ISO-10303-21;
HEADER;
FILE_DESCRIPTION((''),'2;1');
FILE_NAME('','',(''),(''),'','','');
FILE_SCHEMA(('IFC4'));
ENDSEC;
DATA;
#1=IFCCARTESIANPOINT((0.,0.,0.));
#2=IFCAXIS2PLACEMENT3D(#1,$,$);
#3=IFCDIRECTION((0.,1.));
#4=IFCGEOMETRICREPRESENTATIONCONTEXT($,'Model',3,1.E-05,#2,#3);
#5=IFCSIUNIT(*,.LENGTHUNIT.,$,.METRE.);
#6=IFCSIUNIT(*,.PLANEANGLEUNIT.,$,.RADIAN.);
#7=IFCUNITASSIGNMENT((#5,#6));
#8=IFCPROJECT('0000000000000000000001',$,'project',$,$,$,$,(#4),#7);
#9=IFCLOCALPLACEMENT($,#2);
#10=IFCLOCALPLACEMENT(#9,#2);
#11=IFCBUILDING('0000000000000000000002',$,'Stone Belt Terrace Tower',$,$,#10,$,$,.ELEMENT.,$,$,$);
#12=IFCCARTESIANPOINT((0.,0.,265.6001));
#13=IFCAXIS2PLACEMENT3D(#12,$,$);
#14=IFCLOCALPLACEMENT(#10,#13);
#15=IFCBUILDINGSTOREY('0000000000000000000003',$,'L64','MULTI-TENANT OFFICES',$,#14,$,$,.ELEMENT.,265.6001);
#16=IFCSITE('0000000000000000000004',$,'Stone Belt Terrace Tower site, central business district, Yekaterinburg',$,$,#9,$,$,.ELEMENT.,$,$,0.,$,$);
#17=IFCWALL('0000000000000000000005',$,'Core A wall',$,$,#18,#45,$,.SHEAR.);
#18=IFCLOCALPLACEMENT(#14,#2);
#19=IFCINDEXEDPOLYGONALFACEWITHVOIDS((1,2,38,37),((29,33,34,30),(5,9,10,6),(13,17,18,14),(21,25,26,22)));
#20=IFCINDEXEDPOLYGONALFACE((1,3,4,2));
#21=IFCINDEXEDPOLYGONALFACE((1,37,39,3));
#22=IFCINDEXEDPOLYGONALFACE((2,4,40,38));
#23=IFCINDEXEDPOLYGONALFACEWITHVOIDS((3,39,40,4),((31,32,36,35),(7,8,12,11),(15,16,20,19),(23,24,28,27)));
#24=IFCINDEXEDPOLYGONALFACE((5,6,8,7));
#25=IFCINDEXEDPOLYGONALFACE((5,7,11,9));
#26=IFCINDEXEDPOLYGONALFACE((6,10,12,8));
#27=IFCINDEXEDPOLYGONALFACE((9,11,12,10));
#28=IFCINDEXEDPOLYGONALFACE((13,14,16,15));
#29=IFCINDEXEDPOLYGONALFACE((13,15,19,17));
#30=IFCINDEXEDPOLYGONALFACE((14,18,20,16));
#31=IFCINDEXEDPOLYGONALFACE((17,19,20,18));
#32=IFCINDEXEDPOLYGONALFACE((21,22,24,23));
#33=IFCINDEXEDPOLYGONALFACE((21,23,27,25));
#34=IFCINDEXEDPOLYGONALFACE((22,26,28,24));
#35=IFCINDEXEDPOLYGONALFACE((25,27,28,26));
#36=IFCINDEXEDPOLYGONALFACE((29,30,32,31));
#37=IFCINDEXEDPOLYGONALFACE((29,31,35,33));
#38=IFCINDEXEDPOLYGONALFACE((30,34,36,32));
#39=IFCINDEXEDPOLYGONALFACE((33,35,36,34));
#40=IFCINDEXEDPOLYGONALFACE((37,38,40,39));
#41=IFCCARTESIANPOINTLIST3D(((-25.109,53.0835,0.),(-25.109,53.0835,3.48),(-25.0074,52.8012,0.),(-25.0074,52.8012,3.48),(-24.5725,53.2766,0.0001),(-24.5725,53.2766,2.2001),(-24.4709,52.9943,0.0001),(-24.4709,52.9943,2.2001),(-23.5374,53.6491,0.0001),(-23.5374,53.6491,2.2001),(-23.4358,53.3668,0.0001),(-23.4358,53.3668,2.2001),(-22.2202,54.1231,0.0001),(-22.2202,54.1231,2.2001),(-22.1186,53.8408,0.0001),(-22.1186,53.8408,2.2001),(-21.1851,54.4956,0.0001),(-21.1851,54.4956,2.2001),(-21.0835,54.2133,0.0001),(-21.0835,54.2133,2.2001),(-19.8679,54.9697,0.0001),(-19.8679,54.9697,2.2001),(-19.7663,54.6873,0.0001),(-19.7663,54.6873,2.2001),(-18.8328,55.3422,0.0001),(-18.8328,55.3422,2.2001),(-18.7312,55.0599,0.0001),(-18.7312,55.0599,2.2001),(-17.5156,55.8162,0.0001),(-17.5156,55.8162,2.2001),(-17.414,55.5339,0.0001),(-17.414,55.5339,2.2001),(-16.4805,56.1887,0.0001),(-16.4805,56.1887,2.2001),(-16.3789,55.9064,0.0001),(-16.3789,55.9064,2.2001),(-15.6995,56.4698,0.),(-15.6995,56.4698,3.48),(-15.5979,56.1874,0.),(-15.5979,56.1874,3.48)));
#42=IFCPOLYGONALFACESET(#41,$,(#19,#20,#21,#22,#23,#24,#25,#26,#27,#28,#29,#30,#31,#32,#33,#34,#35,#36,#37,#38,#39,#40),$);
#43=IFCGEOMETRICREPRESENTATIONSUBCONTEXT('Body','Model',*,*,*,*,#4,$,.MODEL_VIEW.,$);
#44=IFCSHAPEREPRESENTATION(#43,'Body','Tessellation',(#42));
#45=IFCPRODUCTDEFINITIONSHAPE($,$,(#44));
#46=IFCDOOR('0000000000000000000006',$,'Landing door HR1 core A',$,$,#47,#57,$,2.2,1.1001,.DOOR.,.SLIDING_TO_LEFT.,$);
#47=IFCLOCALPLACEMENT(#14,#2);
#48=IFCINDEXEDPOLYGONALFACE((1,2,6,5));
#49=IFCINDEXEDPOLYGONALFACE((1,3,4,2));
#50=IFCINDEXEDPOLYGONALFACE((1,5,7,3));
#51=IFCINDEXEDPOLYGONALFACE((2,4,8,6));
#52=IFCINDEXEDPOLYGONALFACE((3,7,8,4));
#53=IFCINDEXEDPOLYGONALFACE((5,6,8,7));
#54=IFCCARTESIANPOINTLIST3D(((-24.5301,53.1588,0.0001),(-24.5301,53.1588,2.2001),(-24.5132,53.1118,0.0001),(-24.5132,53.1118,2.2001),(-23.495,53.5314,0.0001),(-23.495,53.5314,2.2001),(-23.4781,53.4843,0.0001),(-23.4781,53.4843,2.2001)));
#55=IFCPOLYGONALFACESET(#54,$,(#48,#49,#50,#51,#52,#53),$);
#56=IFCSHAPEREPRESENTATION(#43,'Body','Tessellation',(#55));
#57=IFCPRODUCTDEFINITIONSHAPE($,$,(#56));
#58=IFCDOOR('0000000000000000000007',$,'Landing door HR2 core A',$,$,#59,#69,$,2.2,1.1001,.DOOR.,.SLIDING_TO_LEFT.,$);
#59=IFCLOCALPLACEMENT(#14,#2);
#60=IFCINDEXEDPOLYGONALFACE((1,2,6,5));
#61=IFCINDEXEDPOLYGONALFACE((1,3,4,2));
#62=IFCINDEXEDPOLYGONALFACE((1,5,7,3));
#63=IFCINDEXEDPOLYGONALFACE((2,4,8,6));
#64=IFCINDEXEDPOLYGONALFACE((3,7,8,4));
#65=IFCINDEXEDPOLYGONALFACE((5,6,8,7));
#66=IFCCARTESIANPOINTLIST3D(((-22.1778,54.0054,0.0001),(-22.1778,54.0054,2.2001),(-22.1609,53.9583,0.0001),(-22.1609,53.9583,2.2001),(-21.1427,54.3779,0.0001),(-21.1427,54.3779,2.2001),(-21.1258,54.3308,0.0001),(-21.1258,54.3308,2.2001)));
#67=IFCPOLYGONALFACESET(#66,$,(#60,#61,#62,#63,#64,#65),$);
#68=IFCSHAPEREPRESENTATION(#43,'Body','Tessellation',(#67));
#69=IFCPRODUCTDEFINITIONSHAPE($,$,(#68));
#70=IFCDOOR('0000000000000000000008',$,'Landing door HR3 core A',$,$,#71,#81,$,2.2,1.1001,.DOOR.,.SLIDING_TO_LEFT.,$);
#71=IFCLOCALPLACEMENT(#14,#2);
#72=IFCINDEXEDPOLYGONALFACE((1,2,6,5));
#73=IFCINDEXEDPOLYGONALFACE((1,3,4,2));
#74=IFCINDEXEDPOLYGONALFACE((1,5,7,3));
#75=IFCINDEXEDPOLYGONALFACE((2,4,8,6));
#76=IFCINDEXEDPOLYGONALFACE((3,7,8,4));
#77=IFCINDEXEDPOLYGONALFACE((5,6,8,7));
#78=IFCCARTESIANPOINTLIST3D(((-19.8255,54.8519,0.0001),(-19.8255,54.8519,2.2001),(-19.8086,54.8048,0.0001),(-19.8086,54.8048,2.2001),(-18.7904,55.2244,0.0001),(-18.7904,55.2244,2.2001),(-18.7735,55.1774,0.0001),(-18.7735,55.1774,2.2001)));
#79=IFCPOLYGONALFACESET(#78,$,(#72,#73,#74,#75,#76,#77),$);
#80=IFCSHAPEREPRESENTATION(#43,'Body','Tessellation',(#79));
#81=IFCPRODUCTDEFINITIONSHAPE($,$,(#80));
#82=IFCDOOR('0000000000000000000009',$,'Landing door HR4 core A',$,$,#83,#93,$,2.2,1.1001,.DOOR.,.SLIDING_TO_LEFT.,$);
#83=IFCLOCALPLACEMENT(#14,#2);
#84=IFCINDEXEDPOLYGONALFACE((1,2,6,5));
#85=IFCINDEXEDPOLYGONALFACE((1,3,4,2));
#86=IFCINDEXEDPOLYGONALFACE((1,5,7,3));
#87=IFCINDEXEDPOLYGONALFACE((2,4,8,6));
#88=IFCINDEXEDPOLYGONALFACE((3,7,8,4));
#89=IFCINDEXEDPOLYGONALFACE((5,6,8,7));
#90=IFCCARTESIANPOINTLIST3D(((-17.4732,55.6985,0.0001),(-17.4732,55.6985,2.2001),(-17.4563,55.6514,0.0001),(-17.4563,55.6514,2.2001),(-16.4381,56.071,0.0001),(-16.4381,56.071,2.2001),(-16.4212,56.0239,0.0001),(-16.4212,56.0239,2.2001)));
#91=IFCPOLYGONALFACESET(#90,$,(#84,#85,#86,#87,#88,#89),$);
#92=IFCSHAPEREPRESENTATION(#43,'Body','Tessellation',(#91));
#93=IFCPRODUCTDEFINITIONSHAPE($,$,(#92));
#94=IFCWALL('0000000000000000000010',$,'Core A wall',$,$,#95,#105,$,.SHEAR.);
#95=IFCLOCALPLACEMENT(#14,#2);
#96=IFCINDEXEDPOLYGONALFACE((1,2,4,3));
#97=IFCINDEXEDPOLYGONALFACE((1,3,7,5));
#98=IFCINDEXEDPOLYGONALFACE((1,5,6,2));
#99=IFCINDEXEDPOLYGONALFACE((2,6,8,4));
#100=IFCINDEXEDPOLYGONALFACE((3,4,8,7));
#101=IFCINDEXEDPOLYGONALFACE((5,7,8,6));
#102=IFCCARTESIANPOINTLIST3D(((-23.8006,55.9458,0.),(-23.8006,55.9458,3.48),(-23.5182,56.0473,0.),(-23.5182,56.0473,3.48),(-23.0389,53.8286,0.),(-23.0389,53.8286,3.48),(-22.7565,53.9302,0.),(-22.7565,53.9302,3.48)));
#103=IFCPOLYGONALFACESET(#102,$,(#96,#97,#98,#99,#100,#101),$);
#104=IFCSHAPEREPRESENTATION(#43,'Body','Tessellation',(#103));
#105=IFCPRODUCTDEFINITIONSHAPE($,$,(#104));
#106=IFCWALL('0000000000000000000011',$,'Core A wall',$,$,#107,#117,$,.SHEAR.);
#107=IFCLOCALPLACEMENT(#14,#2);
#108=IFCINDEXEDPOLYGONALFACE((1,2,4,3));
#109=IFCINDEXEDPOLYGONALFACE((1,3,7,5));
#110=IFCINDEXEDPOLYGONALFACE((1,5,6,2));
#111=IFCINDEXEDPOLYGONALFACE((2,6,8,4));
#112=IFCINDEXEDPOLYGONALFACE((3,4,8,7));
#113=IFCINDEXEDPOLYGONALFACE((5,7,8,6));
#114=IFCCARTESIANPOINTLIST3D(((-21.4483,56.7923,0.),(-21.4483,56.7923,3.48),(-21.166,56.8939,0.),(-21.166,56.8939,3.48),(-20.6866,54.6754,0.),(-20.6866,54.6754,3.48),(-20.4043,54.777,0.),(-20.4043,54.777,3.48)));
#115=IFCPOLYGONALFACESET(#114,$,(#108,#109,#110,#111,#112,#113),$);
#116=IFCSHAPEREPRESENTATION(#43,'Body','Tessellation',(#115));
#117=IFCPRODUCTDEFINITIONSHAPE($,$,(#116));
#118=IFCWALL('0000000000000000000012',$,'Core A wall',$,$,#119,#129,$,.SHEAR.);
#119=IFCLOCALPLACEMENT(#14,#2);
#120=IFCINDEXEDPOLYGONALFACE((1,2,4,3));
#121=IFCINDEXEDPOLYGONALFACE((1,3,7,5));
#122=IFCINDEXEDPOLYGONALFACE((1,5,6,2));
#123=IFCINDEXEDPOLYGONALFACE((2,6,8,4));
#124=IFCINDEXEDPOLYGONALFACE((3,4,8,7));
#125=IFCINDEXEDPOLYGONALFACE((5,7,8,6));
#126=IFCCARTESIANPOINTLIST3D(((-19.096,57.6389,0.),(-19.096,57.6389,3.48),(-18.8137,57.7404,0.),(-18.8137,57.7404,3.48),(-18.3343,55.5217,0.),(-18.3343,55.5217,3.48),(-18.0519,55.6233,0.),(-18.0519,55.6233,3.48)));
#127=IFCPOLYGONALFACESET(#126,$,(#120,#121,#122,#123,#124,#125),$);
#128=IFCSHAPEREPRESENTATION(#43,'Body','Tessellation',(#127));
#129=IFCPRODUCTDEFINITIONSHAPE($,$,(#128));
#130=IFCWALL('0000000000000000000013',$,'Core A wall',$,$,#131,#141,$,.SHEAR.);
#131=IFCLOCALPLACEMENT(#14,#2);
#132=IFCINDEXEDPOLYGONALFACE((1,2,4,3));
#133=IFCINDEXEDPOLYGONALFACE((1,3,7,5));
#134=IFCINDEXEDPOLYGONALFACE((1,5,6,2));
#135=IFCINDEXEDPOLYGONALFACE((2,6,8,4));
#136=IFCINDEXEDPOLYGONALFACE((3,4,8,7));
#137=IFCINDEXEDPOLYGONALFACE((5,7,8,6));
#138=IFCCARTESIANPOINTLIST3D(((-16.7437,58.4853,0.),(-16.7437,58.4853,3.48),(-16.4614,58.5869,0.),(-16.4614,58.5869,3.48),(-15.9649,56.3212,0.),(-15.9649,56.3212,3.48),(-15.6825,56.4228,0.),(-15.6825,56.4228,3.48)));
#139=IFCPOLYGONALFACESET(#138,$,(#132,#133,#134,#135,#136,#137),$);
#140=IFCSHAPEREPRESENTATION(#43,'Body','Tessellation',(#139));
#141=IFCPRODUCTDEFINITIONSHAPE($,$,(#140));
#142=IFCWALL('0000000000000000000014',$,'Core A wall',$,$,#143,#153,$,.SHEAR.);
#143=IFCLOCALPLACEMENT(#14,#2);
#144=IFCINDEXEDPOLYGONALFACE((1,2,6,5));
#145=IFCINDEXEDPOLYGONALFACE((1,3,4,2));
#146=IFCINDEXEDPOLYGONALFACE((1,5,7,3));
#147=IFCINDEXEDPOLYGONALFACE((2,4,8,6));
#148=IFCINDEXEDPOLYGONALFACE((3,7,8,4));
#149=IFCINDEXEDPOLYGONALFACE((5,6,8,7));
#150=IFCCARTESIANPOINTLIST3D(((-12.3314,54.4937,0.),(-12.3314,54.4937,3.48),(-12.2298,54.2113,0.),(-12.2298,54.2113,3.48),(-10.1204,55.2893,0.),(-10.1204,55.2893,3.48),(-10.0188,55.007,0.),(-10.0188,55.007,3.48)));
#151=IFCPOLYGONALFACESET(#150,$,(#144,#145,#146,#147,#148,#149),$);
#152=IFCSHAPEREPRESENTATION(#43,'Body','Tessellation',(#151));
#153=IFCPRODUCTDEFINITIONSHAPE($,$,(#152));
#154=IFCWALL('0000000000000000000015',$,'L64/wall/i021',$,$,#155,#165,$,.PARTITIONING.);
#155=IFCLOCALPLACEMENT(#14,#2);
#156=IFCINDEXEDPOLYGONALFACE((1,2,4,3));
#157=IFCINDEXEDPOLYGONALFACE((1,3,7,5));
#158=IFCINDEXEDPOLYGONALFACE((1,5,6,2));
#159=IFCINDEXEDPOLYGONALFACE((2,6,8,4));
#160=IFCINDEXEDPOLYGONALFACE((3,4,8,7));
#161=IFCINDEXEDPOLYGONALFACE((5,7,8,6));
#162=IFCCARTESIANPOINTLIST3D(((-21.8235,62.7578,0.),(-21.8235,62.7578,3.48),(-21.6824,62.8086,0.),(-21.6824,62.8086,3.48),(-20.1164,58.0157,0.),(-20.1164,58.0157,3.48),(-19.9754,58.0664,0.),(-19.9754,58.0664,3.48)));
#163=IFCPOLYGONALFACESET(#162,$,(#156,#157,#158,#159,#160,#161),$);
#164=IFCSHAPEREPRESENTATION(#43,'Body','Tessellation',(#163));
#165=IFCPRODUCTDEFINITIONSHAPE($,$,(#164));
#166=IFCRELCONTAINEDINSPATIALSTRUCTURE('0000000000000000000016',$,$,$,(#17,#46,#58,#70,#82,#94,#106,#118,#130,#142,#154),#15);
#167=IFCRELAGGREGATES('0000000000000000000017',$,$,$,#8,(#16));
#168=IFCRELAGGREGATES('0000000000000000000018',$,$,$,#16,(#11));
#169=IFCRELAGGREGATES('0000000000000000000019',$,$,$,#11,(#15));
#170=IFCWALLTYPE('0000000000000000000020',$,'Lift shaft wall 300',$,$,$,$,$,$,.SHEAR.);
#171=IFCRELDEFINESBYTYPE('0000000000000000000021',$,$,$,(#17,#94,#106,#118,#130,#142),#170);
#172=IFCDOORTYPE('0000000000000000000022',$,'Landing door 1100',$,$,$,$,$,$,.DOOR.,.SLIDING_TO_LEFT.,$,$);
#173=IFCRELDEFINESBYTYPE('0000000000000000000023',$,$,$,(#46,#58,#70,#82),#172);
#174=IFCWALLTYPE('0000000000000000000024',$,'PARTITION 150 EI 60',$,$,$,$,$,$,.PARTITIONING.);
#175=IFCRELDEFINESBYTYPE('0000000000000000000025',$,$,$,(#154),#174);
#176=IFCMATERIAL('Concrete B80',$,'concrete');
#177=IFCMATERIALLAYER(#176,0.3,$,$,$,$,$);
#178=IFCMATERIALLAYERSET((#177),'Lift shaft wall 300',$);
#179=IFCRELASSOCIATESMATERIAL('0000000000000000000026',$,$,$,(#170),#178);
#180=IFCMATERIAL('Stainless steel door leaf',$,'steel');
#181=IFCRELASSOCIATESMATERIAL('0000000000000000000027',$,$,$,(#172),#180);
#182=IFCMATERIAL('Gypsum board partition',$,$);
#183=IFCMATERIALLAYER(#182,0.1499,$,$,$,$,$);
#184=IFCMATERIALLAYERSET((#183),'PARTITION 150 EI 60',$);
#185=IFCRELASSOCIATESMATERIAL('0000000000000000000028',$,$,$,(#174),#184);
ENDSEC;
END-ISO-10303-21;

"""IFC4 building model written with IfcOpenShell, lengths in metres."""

from ifc_helpers import new_model, si_unit, direction, frame, frame_2d, origin, place, context, subcontext, project, spatial, rectangle, extrude, material, layer, layer_set, type_object, element, fill, save


model = new_model("IFC4")

# Units and contexts
model_context = context("Model", 3, precision=1e-05, world=origin(), true_north=direction((0.0, 1.0)))
body_context = subcontext(model_context, "Body", "Model", "MODEL_VIEW")
ifc_project = project(units=[si_unit("LENGTHUNIT", "METRE"), si_unit("PLANEANGLEUNIT", "RADIAN")], contexts=[model_context])

# Site, building, storey
site_placement = place(None, origin())
site = spatial("IfcSite", under=ifc_project, at=site_placement, Name="Stone Belt Terrace Tower site, central business district, Yekaterinburg", CompositionType="ELEMENT", RefElevation=0.0)
building_placement = place(site_placement, origin())
building = spatial("IfcBuilding", under=site, at=building_placement, Name="Stone Belt Terrace Tower", CompositionType="ELEMENT")
storey_placement = place(building_placement, frame((0.0, 0.0, 265.6001)))
storey = spatial("IfcBuildingStorey", under=building, at=storey_placement, Name="L64", Description="MULTI-TENANT OFFICES", CompositionType="ELEMENT", Elevation=265.6001)

# Shared definitions
ifc_material_1 = material(Name="Concrete B80", Category="concrete")
ifc_layer_1 = layer(ifc_material_1, 0.3)
ifc_layer_set_1 = layer_set([ifc_layer_1], Name="Lift shaft wall 300")
wall_type_1 = type_object("IfcWallType", Name="Lift shaft wall 300", PredefinedType="SHEAR", material=ifc_layer_set_1)

# Wall, openings, doors
wall_1_placement = place(storey_placement, frame((-25.0581, 52.9424, 0.0), z_axis=(0.0, 0.0, 1.0), x_axis=(0.940924, 0.338617, 0.0)))
wall_1 = element("IfcWall", 1, at=wall_1_placement, inside=storey, type_object=wall_type_1, Name="Core A wall", PredefinedType="SHEAR", context=body_context, shape_type="SweptSolid", body=[
    extrude(rectangle(XDim=10.0002, YDim=0.3, at=frame_2d((5.0, 0.0))), origin(), (0.0, 0.0, 1.0), 3.48),
])
opening_1_placement = place(wall_1_placement, frame((0.5701, 0.0, 0.0)))
opening_1 = element("IfcOpeningElement", 2, at=opening_1_placement, cuts=wall_1, PredefinedType="OPENING", context=body_context, shape_type="SweptSolid", body=[
    extrude(rectangle(XDim=1.1001, YDim=2.2, at=frame_2d((0.55, 1.1001))), frame((0.0, 0.1599, 0.0), z_axis=(0.0, -1.0, 0.0), x_axis=(1.0, 0.0, 0.0)), (0.0, 0.0, 1.0), 0.3201),
])
opening_2_placement = place(wall_1_placement, frame((3.0701, 0.0, 0.0)))
opening_2 = element("IfcOpeningElement", 3, at=opening_2_placement, cuts=wall_1, PredefinedType="OPENING", context=body_context, shape_type="SweptSolid", body=[
    extrude(rectangle(XDim=1.1001, YDim=2.2, at=frame_2d((0.55, 1.1001))), frame((0.0, 0.1599, 0.0), z_axis=(0.0, -1.0, 0.0), x_axis=(1.0, 0.0, 0.0)), (0.0, 0.0, 1.0), 0.3201),
])
opening_3_placement = place(wall_1_placement, frame((5.5701, 0.0, 0.0)))
opening_3 = element("IfcOpeningElement", 4, at=opening_3_placement, cuts=wall_1, PredefinedType="OPENING", context=body_context, shape_type="SweptSolid", body=[
    extrude(rectangle(XDim=1.1001, YDim=2.2, at=frame_2d((0.55, 1.1001))), frame((0.0, 0.1599, 0.0), z_axis=(0.0, -1.0, 0.0), x_axis=(1.0, 0.0, 0.0)), (0.0, 0.0, 1.0), 0.3201),
])
opening_4_placement = place(wall_1_placement, frame((8.0701, 0.0, 0.0)))
opening_4 = element("IfcOpeningElement", 5, at=opening_4_placement, cuts=wall_1, PredefinedType="OPENING", context=body_context, shape_type="SweptSolid", body=[
    extrude(rectangle(XDim=1.1001, YDim=2.2, at=frame_2d((0.55, 1.1001))), frame((0.0, 0.1599, 0.0), z_axis=(0.0, -1.0, 0.0), x_axis=(1.0, 0.0, 0.0)), (0.0, 0.0, 1.0), 0.3201),
])
ifc_material_2 = material(Name="Stainless steel door leaf", Category="steel")
door_type_1 = type_object("IfcDoorType", Name="Landing door 1100", OperationType="SLIDING_TO_LEFT", PredefinedType="DOOR", material=ifc_material_2)
door_1_placement = place(opening_1_placement, origin())
door_1 = element("IfcDoor", 6, at=door_1_placement, inside=storey, type_object=door_type_1, Name="Landing door HR1 core A", OperationType="SLIDING_TO_LEFT", OverallHeight=2.2, OverallWidth=1.1001, PredefinedType="DOOR", context=body_context, shape_type="SweptSolid", body=[
    extrude(rectangle(XDim=1.1001, YDim=2.2, at=frame_2d((0.55, 1.1001))), frame((0.0, 0.0249, 0.0), z_axis=(0.0, -1.0, 0.0), x_axis=(1.0, 0.0, 0.0)), (0.0, 0.0, 1.0), 0.05),
])
fill(opening_1, door_1)
door_2_placement = place(opening_2_placement, origin())
door_2 = element("IfcDoor", 7, at=door_2_placement, inside=storey, type_object=door_type_1, Name="Landing door HR2 core A", OperationType="SLIDING_TO_LEFT", OverallHeight=2.2, OverallWidth=1.1001, PredefinedType="DOOR", context=body_context, shape_type="SweptSolid", body=[
    extrude(rectangle(XDim=1.1001, YDim=2.2, at=frame_2d((0.55, 1.1001))), frame((0.0, 0.0249, 0.0), z_axis=(0.0, -1.0, 0.0), x_axis=(1.0, 0.0, 0.0)), (0.0, 0.0, 1.0), 0.05),
])
fill(opening_2, door_2)
door_3_placement = place(opening_3_placement, origin())
door_3 = element("IfcDoor", 8, at=door_3_placement, inside=storey, type_object=door_type_1, Name="Landing door HR3 core A", OperationType="SLIDING_TO_LEFT", OverallHeight=2.2, OverallWidth=1.1001, PredefinedType="DOOR", context=body_context, shape_type="SweptSolid", body=[
    extrude(rectangle(XDim=1.1001, YDim=2.2, at=frame_2d((0.55, 1.1001))), frame((0.0, 0.0249, 0.0), z_axis=(0.0, -1.0, 0.0), x_axis=(1.0, 0.0, 0.0)), (0.0, 0.0, 1.0), 0.05),
])
fill(opening_3, door_3)
door_4_placement = place(opening_4_placement, origin())
door_4 = element("IfcDoor", 9, at=door_4_placement, inside=storey, type_object=door_type_1, Name="Landing door HR4 core A", OperationType="SLIDING_TO_LEFT", OverallHeight=2.2, OverallWidth=1.1001, PredefinedType="DOOR", context=body_context, shape_type="SweptSolid", body=[
    extrude(rectangle(XDim=1.1001, YDim=2.2, at=frame_2d((0.55, 1.1001))), frame((0.0, 0.0249, 0.0), z_axis=(0.0, -1.0, 0.0), x_axis=(1.0, 0.0, 0.0)), (0.0, 0.0, 1.0), 0.05),
])
fill(opening_4, door_4)

# Walls
wall_2_placement = place(storey_placement, frame((-22.8977, 53.8794, 0.0), z_axis=(0.0, 0.0, 1.0), x_axis=(-0.338535, 0.940954, 0.0)))
element("IfcWall", 10, at=wall_2_placement, inside=storey, type_object=wall_type_1, Name="Core A wall", PredefinedType="SHEAR", context=body_context, shape_type="SweptSolid", body=[
    extrude(rectangle(XDim=2.25, YDim=0.3, at=frame_2d((1.125, 0.0))), origin(), (0.0, 0.0, 1.0), 3.48),
])
wall_3_placement = place(storey_placement, frame((-20.5454, 54.7261, 0.0), z_axis=(0.0, 0.0, 1.0), x_axis=(-0.33857, 0.940941, 0.0)))
element("IfcWall", 11, at=wall_3_placement, inside=storey, type_object=wall_type_1, Name="Core A wall", PredefinedType="SHEAR", context=body_context, shape_type="SweptSolid", body=[
    extrude(rectangle(XDim=2.2498, YDim=0.3, at=frame_2d((1.125, 0.0))), origin(), (0.0, 0.0, 1.0), 3.48),
])
wall_4_placement = place(storey_placement, frame((-18.1931, 55.5725, 0.0), z_axis=(0.0, 0.0, 1.0), x_axis=(-0.338535, 0.940954, 0.0)))
element("IfcWall", 12, at=wall_4_placement, inside=storey, type_object=wall_type_1, Name="Core A wall", PredefinedType="SHEAR", context=body_context, shape_type="SweptSolid", body=[
    extrude(rectangle(XDim=2.25, YDim=0.3, at=frame_2d((1.125, 0.0))), origin(), (0.0, 0.0, 1.0), 3.48),
])
wall_5_placement = place(storey_placement, frame((-15.8237, 56.3721, 0.0), z_axis=(0.0, 0.0, 1.0), x_axis=(-0.338622, 0.940923, 0.0)))
element("IfcWall", 13, at=wall_5_placement, inside=storey, type_object=wall_type_1, Name="Core A wall", PredefinedType="SHEAR", context=body_context, shape_type="SweptSolid", body=[
    extrude(rectangle(XDim=2.3, YDim=0.3, at=frame_2d((1.1499, 0.0))), origin(), (0.0, 0.0, 1.0), 3.48),
])
wall_6_placement = place(storey_placement, frame((-12.2805, 54.3525, 0.0), z_axis=(0.0, 0.0, 1.0), x_axis=(0.940926, 0.338613, 0.0)))
element("IfcWall", 14, at=wall_6_placement, inside=storey, type_object=wall_type_1, Name="Core A wall", PredefinedType="SHEAR", context=body_context, shape_type="SweptSolid", body=[
    extrude(rectangle(XDim=2.3499, YDim=0.3, at=frame_2d((1.1748, 0.0))), origin(), (0.0, 0.0, 1.0), 3.48),
])
ifc_material_3 = material(Name="Gypsum board partition")
ifc_layer_2 = layer(ifc_material_3, 0.1499)
ifc_layer_set_2 = layer_set([ifc_layer_2], Name="PARTITION 150 EI 60")
wall_type_2 = type_object("IfcWallType", Name="PARTITION 150 EI 60", PredefinedType="PARTITIONING", material=ifc_layer_set_2)
wall_7_placement = place(storey_placement, frame((-21.7529, 62.7832, 0.0), z_axis=(0.0, 0.0, 1.0), x_axis=(0.338692, -0.940897, 0.0)))
element("IfcWall", 15, at=wall_7_placement, inside=storey, type_object=wall_type_2, Name="L64/wall/i021", PredefinedType="PARTITIONING", context=body_context, shape_type="SweptSolid", body=[
    extrude(rectangle(XDim=5.04, YDim=0.1499, at=frame_2d((2.52, 0.0))), origin(), (0.0, 0.0, 1.0), 3.48),
])

save(model, "model.ifc")
